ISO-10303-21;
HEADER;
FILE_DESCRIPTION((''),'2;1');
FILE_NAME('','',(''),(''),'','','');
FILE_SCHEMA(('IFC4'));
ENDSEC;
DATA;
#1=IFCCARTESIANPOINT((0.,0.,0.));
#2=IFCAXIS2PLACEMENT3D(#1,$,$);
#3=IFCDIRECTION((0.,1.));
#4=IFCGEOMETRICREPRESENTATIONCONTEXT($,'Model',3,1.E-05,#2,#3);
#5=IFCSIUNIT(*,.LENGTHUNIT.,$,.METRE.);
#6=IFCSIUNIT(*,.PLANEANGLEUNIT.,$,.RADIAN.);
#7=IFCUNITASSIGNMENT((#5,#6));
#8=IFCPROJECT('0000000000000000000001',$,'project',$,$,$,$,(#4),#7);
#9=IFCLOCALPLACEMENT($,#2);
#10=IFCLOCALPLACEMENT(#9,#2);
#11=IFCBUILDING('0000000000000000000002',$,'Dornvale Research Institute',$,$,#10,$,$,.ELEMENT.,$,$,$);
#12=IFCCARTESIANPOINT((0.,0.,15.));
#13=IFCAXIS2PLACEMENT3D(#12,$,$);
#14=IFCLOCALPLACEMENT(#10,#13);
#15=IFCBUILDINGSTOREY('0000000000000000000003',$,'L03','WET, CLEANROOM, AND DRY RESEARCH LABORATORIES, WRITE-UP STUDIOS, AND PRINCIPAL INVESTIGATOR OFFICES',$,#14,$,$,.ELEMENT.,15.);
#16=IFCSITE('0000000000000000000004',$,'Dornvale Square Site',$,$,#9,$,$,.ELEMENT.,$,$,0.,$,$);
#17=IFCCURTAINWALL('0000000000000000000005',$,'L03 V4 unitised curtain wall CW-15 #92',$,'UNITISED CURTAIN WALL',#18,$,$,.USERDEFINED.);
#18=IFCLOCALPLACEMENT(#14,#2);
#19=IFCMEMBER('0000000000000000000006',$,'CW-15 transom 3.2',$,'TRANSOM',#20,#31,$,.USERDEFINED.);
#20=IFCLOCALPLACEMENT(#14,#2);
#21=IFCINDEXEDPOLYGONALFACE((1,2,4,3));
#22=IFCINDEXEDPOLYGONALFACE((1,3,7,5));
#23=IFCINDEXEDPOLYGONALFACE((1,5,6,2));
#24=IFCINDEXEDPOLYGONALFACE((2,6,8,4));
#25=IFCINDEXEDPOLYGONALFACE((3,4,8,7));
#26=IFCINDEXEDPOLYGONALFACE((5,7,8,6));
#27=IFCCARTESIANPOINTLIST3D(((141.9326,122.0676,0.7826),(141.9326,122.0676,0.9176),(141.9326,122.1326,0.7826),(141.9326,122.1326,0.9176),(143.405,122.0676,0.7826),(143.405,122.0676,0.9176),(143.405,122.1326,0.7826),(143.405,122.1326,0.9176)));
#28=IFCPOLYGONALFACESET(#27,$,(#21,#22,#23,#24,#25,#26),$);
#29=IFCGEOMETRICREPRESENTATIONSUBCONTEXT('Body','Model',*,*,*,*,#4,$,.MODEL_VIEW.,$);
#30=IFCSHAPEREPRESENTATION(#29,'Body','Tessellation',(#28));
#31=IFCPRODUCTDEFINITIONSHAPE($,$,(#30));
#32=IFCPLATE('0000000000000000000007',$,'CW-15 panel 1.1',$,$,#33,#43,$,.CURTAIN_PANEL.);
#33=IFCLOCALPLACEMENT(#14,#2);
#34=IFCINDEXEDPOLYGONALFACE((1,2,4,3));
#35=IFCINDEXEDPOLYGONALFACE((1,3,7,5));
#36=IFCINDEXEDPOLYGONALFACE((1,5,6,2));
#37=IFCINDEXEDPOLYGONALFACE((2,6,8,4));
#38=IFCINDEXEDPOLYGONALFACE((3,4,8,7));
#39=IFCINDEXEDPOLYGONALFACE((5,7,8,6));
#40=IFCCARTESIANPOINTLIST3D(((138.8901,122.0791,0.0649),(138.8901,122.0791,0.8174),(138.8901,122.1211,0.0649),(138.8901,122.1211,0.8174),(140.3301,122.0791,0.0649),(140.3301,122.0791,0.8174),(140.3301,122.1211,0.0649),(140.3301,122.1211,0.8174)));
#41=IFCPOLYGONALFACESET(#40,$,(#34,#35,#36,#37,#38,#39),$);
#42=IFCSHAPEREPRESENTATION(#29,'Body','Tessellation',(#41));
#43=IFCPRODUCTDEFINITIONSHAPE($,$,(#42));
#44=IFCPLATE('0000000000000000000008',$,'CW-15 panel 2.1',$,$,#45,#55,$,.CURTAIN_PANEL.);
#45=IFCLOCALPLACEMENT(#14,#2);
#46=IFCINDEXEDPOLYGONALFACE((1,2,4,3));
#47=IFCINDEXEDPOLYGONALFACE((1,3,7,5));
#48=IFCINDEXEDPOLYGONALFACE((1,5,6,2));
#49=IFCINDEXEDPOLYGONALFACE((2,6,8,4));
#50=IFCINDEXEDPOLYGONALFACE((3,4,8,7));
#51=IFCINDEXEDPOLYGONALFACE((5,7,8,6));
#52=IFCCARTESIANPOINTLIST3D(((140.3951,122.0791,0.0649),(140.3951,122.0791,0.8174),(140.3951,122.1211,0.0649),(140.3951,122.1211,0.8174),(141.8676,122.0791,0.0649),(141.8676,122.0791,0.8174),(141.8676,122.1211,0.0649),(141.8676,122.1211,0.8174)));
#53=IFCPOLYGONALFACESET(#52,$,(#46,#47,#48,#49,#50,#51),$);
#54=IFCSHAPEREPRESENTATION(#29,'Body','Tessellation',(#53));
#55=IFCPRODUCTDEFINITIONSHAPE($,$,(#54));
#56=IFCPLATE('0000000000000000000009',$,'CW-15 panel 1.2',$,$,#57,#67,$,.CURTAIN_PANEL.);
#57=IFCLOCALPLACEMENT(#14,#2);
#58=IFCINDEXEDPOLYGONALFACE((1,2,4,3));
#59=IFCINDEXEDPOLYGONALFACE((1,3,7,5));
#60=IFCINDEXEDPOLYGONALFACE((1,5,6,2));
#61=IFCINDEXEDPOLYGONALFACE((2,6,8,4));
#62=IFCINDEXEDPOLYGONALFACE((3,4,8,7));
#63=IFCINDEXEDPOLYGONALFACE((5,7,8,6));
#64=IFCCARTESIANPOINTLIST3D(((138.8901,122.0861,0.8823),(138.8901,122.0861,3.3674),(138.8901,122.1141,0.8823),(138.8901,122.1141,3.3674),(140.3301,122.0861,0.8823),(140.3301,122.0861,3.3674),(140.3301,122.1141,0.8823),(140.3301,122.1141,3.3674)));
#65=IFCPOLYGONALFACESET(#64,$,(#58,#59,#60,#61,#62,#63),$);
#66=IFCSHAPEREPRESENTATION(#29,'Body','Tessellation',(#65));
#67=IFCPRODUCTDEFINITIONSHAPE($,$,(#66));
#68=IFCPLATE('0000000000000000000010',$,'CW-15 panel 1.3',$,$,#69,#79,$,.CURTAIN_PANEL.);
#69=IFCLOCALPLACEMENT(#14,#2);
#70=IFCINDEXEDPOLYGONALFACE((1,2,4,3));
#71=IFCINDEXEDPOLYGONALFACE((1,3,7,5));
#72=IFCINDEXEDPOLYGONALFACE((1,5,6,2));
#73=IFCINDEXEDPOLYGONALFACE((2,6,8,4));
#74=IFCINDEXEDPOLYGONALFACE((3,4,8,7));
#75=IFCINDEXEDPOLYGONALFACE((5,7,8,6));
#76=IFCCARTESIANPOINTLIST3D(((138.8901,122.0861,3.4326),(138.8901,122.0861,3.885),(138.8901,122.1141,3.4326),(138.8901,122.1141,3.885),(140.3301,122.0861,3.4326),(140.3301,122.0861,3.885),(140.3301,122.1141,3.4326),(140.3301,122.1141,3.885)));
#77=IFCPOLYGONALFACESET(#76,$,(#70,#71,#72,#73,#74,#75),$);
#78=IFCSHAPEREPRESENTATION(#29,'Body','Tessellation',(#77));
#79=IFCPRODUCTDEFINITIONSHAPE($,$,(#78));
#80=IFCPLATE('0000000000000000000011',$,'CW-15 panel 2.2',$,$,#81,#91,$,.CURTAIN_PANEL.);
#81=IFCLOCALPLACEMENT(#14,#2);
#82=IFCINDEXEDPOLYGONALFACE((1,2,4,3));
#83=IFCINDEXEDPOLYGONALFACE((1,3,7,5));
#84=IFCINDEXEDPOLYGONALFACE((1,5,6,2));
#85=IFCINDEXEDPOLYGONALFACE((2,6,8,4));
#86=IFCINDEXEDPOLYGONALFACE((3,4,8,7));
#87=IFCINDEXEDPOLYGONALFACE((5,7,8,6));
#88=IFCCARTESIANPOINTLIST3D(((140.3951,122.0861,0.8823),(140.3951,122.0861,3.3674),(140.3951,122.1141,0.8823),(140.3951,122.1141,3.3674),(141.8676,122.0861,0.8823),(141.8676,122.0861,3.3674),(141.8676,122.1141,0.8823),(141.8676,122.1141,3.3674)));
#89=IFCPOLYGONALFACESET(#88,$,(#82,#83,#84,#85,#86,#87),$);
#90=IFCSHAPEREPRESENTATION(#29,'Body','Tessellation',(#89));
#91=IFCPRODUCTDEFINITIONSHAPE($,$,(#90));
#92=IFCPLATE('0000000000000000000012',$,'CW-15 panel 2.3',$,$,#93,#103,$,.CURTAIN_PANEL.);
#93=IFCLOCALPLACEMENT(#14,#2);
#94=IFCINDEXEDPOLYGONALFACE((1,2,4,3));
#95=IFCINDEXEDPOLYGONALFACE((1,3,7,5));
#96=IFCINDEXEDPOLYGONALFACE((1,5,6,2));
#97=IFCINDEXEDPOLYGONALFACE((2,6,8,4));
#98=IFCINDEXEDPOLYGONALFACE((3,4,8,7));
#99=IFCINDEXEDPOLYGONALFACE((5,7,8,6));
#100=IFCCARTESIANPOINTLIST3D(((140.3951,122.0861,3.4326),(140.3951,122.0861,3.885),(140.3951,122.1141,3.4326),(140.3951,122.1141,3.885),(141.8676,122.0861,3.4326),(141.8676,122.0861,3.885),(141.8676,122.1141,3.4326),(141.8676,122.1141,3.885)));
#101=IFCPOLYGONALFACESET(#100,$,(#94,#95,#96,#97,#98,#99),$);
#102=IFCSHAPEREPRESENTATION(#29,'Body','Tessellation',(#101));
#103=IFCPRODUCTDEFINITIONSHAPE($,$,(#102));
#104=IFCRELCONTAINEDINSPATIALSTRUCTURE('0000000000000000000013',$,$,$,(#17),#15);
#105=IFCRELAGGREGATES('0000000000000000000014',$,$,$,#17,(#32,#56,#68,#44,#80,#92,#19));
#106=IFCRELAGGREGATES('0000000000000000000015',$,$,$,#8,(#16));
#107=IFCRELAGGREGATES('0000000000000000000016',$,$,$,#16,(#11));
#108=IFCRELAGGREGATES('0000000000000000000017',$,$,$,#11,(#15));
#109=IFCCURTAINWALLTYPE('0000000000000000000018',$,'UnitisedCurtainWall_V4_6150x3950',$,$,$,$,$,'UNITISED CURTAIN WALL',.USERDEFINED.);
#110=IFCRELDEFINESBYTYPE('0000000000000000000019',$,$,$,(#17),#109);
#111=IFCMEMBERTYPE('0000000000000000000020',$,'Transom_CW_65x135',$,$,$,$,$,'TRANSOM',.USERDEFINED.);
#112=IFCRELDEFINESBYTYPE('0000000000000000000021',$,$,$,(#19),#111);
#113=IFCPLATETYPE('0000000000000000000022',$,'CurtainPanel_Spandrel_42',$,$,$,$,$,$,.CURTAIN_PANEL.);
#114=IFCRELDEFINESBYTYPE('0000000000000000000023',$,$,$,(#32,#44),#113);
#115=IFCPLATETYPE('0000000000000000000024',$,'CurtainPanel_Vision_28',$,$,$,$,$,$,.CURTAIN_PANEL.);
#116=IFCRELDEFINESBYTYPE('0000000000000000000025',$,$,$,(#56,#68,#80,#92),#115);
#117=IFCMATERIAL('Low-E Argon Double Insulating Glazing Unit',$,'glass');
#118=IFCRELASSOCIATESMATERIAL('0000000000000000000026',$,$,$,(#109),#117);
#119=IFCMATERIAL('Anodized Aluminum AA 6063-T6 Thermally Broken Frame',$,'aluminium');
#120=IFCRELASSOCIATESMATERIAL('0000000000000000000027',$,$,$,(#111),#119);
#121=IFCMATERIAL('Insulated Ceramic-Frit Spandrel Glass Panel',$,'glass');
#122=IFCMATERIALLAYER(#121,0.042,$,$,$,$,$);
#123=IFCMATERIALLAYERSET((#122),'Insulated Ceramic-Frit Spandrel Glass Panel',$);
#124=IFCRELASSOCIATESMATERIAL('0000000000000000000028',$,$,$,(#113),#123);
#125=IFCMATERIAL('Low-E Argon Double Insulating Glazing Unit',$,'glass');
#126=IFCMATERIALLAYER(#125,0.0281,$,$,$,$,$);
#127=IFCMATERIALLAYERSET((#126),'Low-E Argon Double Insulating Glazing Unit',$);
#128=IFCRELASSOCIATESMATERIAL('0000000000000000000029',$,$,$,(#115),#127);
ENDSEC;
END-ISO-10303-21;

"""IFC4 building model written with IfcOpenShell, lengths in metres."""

from ifc_helpers import new_model, si_unit, direction, frame, origin, origin_2d, place, context, subcontext, project, spatial, rectangle, extrude, material, layer, layer_set, material_profile, profile_set, type_object, element, aggregate, save


model = new_model("IFC4")

# Units and contexts
model_context = context("Model", 3, precision=1e-05, world=origin(), true_north=direction((0.0, 1.0)))
body_context = subcontext(model_context, "Body", "Model", "MODEL_VIEW")
ifc_project = project(units=[si_unit("LENGTHUNIT", "METRE"), si_unit("PLANEANGLEUNIT", "RADIAN")], contexts=[model_context])

# Site, building, storey
site_placement = place(None, origin())
site = spatial("IfcSite", under=ifc_project, at=site_placement, Name="Dornvale Square Site", CompositionType="ELEMENT", RefElevation=0.0)
building_placement = place(site_placement, origin())
building = spatial("IfcBuilding", under=site, at=building_placement, Name="Dornvale Research Institute", CompositionType="ELEMENT")
storey_placement = place(building_placement, frame((0.0, 0.0, 15.0)))
storey = spatial("IfcBuildingStorey", under=building, at=storey_placement, Name="L03", Description="WET, CLEANROOM, AND DRY RESEARCH LABORATORIES, WRITE-UP STUDIOS, AND PRINCIPAL INVESTIGATOR OFFICES", CompositionType="ELEMENT", Elevation=15.0)

# Curtain wall
ifc_material_1 = material(Name="Low-E Argon Double Insulating Glazing Unit", Category="glass")
curtain_wall_type = type_object("IfcCurtainWallType", Name="UnitisedCurtainWall_V4_6150x3950", ElementType="UNITISED CURTAIN WALL", PredefinedType="USERDEFINED", material=ifc_material_1)
curtain_wall_placement = place(storey_placement, origin())
curtain_wall = element("IfcCurtainWall", 1, at=curtain_wall_placement, inside=storey, type_object=curtain_wall_type, Name="L03 V4 unitised curtain wall CW-15 #92", ObjectType="UNITISED CURTAIN WALL", PredefinedType="USERDEFINED")

# Member
ifc_material_2 = material(Name="Anodized Aluminum AA 6063-T6 Thermally Broken Frame", Category="aluminium")
ifc_material_profile_1 = material_profile(ifc_material_2, rectangle(XDim=0.0649, YDim=0.135, at=origin_2d()), Name="ALU TRANSOM 65x135")
ifc_profile_set_1 = profile_set([ifc_material_profile_1], Name="Anodized Aluminum AA 6063-T6 Thermally Broken Frame")
member_type_1 = type_object("IfcMemberType", Name="Transom_CW_65x135", ElementType="TRANSOM", PredefinedType="USERDEFINED", material=ifc_profile_set_1)
member_1_placement = place(storey_placement, frame((141.9326, 122.1001, 0.8501), z_axis=(1.0, 0.0, 0.0), x_axis=(0.0, 1.0, 0.0)))
member_1 = element("IfcMember", 2, at=member_1_placement, type_object=member_type_1, Name="CW-15 transom 3.2", ObjectType="TRANSOM", PredefinedType="USERDEFINED", context=body_context, shape_type="SweptSolid", body=[
    extrude(rectangle(XDim=0.0649, YDim=0.135, at=origin_2d()), origin(), (0.0, 0.0, 1.0), 1.4724),
])

# Plates
ifc_material_3 = material(Name="Insulated Ceramic-Frit Spandrel Glass Panel", Category="glass")
ifc_layer_1 = layer(ifc_material_3, 0.042)
ifc_layer_set_1 = layer_set([ifc_layer_1], Name="Insulated Ceramic-Frit Spandrel Glass Panel")
plate_type_1 = type_object("IfcPlateType", Name="CurtainPanel_Spandrel_42", PredefinedType="CURTAIN_PANEL", material=ifc_layer_set_1)
plate_1_placement = place(storey_placement, frame((139.6101, 122.1001, 0.0649), z_axis=(0.0, 0.0, 1.0), x_axis=(1.0, 0.0, 0.0)))
plate_1 = element("IfcPlate", 3, at=plate_1_placement, type_object=plate_type_1, Name="CW-15 panel 1.1", PredefinedType="CURTAIN_PANEL", context=body_context, shape_type="SweptSolid", body=[
    extrude(rectangle(XDim=1.4399, YDim=0.042, at=origin_2d()), origin(), (0.0, 0.0, 1.0), 0.7524),
])
plate_2_placement = place(storey_placement, frame((141.1313, 122.1001, 0.0649), z_axis=(0.0, 0.0, 1.0), x_axis=(1.0, 0.0, 0.0)))
plate_2 = element("IfcPlate", 4, at=plate_2_placement, type_object=plate_type_1, Name="CW-15 panel 2.1", PredefinedType="CURTAIN_PANEL", context=body_context, shape_type="SweptSolid", body=[
    extrude(rectangle(XDim=1.4724, YDim=0.042, at=origin_2d()), origin(), (0.0, 0.0, 1.0), 0.7524),
])
ifc_material_4 = material(Name="Low-E Argon Double Insulating Glazing Unit", Category="glass")
ifc_layer_2 = layer(ifc_material_4, 0.0281)
ifc_layer_set_2 = layer_set([ifc_layer_2], Name="Low-E Argon Double Insulating Glazing Unit")
plate_type_2 = type_object("IfcPlateType", Name="CurtainPanel_Vision_28", PredefinedType="CURTAIN_PANEL", material=ifc_layer_set_2)
plate_3_placement = place(storey_placement, frame((139.6101, 122.1001, 0.8823), z_axis=(0.0, 0.0, 1.0), x_axis=(1.0, 0.0, 0.0)))
plate_3 = element("IfcPlate", 5, at=plate_3_placement, type_object=plate_type_2, Name="CW-15 panel 1.2", PredefinedType="CURTAIN_PANEL", context=body_context, shape_type="SweptSolid", body=[
    extrude(rectangle(XDim=1.4399, YDim=0.0281, at=origin_2d()), origin(), (0.0, 0.0, 1.0), 2.4851),
])
plate_4_placement = place(storey_placement, frame((139.6101, 122.1001, 3.4326), z_axis=(0.0, 0.0, 1.0), x_axis=(1.0, 0.0, 0.0)))
plate_4 = element("IfcPlate", 6, at=plate_4_placement, type_object=plate_type_2, Name="CW-15 panel 1.3", PredefinedType="CURTAIN_PANEL", context=body_context, shape_type="SweptSolid", body=[
    extrude(rectangle(XDim=1.4399, YDim=0.0281, at=origin_2d()), origin(), (0.0, 0.0, 1.0), 0.4524),
])
plate_5_placement = place(storey_placement, frame((141.1313, 122.1001, 0.8823), z_axis=(0.0, 0.0, 1.0), x_axis=(1.0, 0.0, 0.0)))
plate_5 = element("IfcPlate", 7, at=plate_5_placement, type_object=plate_type_2, Name="CW-15 panel 2.2", PredefinedType="CURTAIN_PANEL", context=body_context, shape_type="SweptSolid", body=[
    extrude(rectangle(XDim=1.4724, YDim=0.0281, at=origin_2d()), origin(), (0.0, 0.0, 1.0), 2.4851),
])
plate_6_placement = place(storey_placement, frame((141.1313, 122.1001, 3.4326), z_axis=(0.0, 0.0, 1.0), x_axis=(1.0, 0.0, 0.0)))
plate_6 = element("IfcPlate", 8, at=plate_6_placement, type_object=plate_type_2, Name="CW-15 panel 2.3", PredefinedType="CURTAIN_PANEL", context=body_context, shape_type="SweptSolid", body=[
    extrude(rectangle(XDim=1.4724, YDim=0.0281, at=origin_2d()), origin(), (0.0, 0.0, 1.0), 0.4524),
])
aggregate(curtain_wall, [plate_1, plate_3, plate_4, plate_2, plate_5, plate_6, member_1])

save(model, "model.ifc")
